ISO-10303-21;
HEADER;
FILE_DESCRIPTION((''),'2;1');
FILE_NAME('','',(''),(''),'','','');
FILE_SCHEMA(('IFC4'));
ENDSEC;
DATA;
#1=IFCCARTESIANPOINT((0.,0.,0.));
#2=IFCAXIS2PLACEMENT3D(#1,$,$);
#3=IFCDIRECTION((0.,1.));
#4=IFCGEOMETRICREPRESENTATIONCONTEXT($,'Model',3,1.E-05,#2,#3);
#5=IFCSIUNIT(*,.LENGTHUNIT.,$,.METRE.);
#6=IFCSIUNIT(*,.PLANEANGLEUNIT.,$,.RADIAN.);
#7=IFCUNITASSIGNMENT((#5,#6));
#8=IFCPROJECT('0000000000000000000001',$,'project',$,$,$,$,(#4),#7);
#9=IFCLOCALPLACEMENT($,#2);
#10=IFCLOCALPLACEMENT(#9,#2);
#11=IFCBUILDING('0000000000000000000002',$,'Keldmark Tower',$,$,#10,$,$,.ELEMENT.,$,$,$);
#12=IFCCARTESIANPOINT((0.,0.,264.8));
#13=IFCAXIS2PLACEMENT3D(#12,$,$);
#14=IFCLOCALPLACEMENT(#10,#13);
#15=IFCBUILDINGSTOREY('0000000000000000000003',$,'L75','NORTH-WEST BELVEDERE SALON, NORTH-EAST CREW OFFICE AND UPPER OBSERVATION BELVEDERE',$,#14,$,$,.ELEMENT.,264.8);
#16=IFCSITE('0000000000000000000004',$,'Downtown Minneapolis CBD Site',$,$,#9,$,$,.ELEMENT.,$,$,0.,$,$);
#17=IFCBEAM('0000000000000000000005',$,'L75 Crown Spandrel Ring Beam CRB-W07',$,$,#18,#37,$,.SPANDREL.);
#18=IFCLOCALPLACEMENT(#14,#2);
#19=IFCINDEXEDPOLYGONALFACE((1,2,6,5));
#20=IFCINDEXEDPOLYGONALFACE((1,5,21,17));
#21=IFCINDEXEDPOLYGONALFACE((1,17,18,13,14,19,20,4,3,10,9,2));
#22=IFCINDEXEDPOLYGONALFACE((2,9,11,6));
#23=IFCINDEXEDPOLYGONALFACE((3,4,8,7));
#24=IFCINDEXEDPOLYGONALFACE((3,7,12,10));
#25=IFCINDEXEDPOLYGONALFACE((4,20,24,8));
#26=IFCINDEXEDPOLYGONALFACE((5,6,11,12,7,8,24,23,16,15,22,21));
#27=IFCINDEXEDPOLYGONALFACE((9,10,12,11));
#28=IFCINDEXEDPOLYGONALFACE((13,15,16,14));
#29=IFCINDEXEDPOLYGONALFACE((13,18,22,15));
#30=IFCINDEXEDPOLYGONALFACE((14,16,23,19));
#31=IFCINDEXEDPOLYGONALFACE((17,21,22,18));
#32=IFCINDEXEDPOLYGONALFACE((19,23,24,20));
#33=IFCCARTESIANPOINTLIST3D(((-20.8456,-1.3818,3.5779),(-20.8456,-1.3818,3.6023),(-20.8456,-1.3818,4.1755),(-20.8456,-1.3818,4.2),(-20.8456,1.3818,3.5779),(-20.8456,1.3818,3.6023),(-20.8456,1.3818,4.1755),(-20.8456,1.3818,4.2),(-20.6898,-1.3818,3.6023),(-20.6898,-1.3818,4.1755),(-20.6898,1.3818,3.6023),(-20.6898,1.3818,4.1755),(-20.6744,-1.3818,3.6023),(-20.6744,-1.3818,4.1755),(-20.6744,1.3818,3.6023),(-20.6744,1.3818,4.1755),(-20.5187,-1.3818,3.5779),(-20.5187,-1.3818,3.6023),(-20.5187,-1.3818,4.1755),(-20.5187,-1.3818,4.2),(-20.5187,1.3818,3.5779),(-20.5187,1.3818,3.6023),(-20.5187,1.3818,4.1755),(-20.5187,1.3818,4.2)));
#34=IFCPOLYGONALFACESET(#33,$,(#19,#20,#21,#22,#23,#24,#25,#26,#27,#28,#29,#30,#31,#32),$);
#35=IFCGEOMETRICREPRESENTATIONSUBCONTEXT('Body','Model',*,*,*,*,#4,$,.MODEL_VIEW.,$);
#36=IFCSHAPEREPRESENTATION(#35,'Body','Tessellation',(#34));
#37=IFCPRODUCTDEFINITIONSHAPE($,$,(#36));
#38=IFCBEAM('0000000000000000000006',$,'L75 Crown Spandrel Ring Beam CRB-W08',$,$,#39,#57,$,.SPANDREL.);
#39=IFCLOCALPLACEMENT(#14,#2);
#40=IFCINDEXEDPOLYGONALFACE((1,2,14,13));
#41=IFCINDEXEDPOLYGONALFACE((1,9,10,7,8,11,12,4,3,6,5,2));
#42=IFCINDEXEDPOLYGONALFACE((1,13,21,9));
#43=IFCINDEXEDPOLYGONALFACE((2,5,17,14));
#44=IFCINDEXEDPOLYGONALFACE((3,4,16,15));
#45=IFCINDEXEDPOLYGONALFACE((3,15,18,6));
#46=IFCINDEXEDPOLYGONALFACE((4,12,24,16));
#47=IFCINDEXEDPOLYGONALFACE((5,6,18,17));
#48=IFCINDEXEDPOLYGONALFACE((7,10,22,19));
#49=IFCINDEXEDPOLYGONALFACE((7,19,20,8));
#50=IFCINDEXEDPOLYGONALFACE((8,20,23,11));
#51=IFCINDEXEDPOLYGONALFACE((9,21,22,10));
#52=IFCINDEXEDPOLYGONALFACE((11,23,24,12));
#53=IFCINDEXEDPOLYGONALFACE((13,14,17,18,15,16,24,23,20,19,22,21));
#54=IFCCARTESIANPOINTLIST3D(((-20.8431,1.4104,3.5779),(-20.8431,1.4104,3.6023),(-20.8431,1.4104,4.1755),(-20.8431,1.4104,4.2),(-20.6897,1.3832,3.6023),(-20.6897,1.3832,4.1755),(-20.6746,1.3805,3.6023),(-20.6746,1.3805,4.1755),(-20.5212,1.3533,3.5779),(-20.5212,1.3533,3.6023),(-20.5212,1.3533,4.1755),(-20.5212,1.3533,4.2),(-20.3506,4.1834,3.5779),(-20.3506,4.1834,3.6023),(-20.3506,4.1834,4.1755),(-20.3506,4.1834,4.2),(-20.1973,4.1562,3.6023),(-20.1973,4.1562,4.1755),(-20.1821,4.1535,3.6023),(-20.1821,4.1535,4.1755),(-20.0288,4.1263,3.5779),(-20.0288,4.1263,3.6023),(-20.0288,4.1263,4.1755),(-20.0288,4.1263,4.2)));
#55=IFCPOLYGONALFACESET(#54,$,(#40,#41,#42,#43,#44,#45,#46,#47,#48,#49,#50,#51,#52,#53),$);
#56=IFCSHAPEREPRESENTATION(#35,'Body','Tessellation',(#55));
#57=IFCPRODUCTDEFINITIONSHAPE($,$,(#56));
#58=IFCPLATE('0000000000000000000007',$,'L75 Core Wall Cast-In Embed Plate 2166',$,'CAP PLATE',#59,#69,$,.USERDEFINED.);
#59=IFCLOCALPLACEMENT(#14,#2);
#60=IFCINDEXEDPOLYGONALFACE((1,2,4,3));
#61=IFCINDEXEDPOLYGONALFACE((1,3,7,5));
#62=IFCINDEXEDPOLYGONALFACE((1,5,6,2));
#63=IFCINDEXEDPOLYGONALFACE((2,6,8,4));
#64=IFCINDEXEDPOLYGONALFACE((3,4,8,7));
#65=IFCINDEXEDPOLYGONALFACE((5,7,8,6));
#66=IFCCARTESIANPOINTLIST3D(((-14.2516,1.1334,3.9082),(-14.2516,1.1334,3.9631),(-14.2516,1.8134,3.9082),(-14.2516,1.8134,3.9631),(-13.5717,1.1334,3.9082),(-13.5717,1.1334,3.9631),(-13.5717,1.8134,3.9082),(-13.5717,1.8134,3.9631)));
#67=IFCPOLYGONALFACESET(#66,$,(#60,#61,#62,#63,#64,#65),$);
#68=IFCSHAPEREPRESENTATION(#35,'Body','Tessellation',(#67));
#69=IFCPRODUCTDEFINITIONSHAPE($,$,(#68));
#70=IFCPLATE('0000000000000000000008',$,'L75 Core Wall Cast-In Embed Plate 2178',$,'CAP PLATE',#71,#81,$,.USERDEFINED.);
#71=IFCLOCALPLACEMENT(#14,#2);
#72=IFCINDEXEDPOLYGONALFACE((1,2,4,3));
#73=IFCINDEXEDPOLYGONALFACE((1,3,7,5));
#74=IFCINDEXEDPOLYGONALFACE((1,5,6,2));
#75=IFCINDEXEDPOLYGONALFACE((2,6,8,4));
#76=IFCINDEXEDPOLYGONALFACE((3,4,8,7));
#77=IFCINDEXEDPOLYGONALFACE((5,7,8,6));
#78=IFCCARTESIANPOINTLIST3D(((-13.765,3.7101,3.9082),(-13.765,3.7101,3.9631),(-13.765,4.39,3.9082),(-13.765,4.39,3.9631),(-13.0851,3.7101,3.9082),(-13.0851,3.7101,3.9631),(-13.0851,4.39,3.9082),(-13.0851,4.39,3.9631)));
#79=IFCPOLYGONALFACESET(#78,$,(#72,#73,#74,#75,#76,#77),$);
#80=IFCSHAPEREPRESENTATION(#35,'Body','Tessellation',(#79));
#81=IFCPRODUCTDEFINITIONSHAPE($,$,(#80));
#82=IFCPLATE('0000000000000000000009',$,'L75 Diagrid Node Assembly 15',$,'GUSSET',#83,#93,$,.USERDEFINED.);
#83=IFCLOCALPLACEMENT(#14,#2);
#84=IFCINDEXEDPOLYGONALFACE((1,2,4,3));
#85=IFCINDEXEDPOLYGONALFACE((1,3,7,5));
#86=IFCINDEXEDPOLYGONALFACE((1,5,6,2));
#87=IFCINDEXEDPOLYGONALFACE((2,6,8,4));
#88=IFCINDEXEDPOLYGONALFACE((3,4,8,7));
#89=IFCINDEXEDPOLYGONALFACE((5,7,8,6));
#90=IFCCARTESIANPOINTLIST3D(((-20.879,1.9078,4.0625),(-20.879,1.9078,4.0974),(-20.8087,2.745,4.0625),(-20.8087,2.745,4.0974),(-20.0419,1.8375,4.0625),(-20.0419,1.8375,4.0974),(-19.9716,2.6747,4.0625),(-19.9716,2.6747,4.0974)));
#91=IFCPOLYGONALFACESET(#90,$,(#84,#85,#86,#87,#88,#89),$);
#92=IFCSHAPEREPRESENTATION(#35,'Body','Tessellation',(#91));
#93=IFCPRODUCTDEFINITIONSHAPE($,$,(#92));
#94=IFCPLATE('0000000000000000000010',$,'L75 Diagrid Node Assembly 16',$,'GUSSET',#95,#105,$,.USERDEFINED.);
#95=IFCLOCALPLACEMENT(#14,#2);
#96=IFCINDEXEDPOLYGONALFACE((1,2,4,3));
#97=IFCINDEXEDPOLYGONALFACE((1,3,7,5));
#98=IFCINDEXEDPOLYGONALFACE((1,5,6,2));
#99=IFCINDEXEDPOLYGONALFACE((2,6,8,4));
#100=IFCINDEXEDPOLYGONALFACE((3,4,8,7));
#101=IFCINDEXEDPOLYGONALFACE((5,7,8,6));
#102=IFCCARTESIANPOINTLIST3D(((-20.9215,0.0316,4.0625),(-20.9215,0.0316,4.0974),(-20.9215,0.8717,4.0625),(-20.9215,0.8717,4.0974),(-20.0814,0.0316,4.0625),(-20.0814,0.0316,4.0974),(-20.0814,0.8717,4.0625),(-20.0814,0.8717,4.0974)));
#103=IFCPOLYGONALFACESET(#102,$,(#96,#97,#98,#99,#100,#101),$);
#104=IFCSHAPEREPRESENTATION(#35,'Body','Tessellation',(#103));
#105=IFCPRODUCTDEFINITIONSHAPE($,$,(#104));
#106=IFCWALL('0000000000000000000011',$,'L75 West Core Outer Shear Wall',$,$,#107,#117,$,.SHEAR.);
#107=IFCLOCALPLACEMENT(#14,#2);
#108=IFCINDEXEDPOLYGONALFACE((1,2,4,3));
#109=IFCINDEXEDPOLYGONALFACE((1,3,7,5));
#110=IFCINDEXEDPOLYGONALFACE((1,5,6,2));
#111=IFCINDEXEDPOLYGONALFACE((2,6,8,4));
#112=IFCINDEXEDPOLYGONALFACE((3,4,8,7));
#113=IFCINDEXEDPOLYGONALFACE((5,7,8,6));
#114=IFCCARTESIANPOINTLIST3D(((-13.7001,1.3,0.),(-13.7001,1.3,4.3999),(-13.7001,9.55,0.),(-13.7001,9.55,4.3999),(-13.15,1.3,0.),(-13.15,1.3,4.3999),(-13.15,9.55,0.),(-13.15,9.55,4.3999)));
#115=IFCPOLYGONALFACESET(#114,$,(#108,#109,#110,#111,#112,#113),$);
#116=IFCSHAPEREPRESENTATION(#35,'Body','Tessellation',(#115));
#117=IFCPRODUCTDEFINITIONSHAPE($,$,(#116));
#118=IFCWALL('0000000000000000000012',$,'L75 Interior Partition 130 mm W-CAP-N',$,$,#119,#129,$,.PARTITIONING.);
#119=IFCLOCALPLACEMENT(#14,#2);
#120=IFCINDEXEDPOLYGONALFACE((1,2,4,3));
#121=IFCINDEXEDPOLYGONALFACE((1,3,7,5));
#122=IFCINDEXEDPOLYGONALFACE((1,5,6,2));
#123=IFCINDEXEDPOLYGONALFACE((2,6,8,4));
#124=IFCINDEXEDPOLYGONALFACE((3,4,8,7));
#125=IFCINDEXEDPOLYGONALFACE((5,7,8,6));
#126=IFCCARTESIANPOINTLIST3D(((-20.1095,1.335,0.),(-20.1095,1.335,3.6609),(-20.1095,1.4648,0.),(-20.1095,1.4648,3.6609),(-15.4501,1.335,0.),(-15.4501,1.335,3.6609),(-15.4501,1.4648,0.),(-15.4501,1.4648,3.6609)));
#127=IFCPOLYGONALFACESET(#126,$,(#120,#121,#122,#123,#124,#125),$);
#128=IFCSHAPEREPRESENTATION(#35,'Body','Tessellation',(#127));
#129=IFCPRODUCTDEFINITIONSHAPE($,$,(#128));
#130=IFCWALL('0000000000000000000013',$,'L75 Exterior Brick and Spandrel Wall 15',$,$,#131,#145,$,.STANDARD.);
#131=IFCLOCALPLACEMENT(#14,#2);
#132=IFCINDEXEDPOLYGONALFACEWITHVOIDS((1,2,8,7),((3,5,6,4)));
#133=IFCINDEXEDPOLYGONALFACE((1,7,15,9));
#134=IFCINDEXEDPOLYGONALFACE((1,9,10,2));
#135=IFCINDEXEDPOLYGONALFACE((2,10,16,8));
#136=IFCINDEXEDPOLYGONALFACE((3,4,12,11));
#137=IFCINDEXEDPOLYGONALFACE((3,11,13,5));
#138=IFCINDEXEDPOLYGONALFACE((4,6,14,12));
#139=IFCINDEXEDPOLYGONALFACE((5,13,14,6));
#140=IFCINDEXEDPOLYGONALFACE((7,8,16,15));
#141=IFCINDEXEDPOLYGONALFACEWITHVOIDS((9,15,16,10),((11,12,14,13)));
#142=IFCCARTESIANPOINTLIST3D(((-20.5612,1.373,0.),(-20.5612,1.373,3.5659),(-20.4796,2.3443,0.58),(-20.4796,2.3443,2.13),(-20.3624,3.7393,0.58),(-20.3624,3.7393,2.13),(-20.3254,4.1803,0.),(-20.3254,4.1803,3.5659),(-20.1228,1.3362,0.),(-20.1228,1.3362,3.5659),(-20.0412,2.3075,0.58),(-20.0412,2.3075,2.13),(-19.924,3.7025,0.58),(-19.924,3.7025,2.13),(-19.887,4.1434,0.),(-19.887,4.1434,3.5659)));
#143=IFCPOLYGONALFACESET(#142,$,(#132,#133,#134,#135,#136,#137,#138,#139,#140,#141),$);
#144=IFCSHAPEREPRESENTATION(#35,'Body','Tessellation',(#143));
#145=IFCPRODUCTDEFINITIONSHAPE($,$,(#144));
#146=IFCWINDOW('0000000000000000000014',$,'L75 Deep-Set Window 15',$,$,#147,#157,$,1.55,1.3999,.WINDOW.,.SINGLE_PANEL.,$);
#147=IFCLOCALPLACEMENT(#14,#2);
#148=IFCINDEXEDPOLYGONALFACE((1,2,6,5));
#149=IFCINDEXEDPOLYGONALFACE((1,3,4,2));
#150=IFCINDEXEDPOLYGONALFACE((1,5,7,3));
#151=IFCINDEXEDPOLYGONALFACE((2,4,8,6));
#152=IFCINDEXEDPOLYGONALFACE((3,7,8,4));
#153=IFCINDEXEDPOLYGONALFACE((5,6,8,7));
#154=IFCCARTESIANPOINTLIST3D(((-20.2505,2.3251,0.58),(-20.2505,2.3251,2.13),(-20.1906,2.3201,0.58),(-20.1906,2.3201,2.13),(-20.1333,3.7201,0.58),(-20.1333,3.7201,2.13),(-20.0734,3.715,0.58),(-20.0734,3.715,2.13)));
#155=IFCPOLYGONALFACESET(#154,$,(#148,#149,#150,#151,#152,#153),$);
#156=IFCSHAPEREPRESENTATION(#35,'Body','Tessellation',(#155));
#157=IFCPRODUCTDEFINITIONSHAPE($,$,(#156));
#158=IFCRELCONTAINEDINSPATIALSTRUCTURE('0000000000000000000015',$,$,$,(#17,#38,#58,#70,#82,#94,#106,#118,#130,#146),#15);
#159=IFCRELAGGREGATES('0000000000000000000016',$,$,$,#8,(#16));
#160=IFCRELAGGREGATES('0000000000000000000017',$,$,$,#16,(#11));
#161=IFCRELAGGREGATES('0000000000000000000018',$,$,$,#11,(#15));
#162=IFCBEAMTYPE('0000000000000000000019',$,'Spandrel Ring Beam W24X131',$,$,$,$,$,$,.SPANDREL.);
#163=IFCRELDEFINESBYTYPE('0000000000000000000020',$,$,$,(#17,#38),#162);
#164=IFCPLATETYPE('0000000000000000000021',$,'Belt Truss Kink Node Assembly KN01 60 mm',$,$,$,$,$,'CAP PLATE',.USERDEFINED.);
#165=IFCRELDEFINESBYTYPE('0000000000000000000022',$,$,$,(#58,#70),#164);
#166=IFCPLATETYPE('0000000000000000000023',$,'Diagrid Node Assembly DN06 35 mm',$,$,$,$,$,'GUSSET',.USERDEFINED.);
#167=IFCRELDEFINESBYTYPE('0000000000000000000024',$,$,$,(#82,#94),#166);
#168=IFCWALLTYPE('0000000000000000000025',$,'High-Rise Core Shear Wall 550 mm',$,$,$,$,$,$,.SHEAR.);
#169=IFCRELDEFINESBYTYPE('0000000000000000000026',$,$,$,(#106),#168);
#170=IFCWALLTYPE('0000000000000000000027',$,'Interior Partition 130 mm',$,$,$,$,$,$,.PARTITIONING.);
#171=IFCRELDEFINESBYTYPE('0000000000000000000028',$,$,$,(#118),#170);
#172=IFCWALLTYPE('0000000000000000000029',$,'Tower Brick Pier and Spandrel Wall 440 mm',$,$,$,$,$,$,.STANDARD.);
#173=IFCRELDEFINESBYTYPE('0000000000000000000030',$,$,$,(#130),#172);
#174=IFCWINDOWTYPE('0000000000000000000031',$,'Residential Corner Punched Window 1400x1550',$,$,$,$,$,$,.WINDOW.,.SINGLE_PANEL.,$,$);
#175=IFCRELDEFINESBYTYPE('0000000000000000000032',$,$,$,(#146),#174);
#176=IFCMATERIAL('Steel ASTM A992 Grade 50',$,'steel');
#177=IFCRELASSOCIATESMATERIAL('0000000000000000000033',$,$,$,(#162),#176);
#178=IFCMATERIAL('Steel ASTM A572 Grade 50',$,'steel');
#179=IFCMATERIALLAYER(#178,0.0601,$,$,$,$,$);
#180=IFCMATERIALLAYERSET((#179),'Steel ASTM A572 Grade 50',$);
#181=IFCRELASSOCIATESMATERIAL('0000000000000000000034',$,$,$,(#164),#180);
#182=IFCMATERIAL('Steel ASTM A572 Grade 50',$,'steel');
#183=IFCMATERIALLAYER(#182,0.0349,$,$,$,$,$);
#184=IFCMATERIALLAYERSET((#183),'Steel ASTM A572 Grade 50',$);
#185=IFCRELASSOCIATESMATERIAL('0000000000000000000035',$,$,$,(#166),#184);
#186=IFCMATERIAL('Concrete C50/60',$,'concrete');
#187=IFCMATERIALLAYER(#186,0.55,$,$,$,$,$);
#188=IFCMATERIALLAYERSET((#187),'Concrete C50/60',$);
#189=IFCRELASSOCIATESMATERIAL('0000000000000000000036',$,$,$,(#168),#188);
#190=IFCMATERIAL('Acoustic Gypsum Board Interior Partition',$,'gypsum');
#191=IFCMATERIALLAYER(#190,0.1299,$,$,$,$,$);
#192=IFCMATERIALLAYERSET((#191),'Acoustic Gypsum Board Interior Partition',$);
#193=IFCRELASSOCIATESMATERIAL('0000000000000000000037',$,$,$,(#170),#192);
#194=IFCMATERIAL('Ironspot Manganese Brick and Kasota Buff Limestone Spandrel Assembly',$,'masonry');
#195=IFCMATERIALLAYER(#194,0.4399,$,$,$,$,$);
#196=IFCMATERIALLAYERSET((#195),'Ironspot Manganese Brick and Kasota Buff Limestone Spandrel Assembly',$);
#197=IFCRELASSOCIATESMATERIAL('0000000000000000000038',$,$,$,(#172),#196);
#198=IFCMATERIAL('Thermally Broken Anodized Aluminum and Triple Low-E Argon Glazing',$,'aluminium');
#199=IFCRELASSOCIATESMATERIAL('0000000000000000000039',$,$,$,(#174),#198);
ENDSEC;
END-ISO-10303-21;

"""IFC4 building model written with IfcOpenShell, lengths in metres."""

from ifc_helpers import new_model, si_unit, direction, frame, frame_2d, origin, origin_2d, place, context, subcontext, project, spatial, rectangle, i_section, extrude, material, layer, layer_set, material_profile, profile_set, type_object, element, fill, save


model = new_model("IFC4")

# Units and contexts
model_context = context("Model", 3, precision=1e-05, world=origin(), true_north=direction((0.0, 1.0)))
body_context = subcontext(model_context, "Body", "Model", "MODEL_VIEW")
ifc_project = project(units=[si_unit("LENGTHUNIT", "METRE"), si_unit("PLANEANGLEUNIT", "RADIAN")], contexts=[model_context])

# Site, building, storey
site_placement = place(None, origin())
site = spatial("IfcSite", under=ifc_project, at=site_placement, Name="Downtown Minneapolis CBD Site", CompositionType="ELEMENT", RefElevation=0.0)
building_placement = place(site_placement, origin())
building = spatial("IfcBuilding", under=site, at=building_placement, Name="Keldmark Tower", CompositionType="ELEMENT")
storey_placement = place(building_placement, frame((0.0, 0.0, 264.8)))
storey = spatial("IfcBuildingStorey", under=building, at=storey_placement, Name="L75", Description="NORTH-WEST BELVEDERE SALON, NORTH-EAST CREW OFFICE AND UPPER OBSERVATION BELVEDERE", CompositionType="ELEMENT", Elevation=264.8)

# Beams
ifc_material_1 = material(Name="Steel ASTM A992 Grade 50", Category="steel")
ifc_material_profile_1 = material_profile(ifc_material_1, i_section(OverallWidth=0.3269, OverallDepth=0.6221, WebThickness=0.0154, FlangeThickness=0.0244, at=origin_2d()), Name="W24X131")
ifc_profile_set_1 = profile_set([ifc_material_profile_1], Name="Steel ASTM A992 Grade 50")
beam_type_1 = type_object("IfcBeamType", Name="Spandrel Ring Beam W24X131", PredefinedType="SPANDREL", material=ifc_profile_set_1)
beam_1_placement = place(storey_placement, frame((-20.6821, -1.3818, 3.8889), z_axis=(0.0, 1.0, 0.0), x_axis=(-1.0, 0.0, 0.0)))
element("IfcBeam", 1, at=beam_1_placement, inside=storey, type_object=beam_type_1, Name="L75 Crown Spandrel Ring Beam CRB-W07", PredefinedType="SPANDREL", context=body_context, shape_type="SweptSolid", body=[
    extrude(i_section(OverallWidth=0.3269, OverallDepth=0.6221, WebThickness=0.0154, FlangeThickness=0.0244, at=origin_2d()), origin(), (0.0, 0.0, 1.0), 2.7637),
])
beam_2_placement = place(storey_placement, frame((-20.6821, 1.3818, 3.8889), z_axis=(0.174848, 0.984595, 0.0), x_axis=(-0.984595, 0.174848, 0.0)))
element("IfcBeam", 2, at=beam_2_placement, inside=storey, type_object=beam_type_1, Name="L75 Crown Spandrel Ring Beam CRB-W08", PredefinedType="SPANDREL", context=body_context, shape_type="SweptSolid", body=[
    extrude(i_section(OverallWidth=0.3269, OverallDepth=0.6221, WebThickness=0.0154, FlangeThickness=0.0244, at=origin_2d()), origin(), (0.0, 0.0, 1.0), 2.8164),
])

# Plates
ifc_material_2 = material(Name="Steel ASTM A572 Grade 50", Category="steel")
ifc_layer_1 = layer(ifc_material_2, 0.0601)
ifc_layer_set_1 = layer_set([ifc_layer_1], Name="Steel ASTM A572 Grade 50")
plate_type_1 = type_object("IfcPlateType", Name="Belt Truss Kink Node Assembly KN01 60 mm", ElementType="CAP PLATE", PredefinedType="USERDEFINED", material=ifc_layer_set_1)
for number, where, z_axis, x_axis, name in (
    (3, (-13.9116, 1.4734, 3.9082), (0.0, 0.0, 1.0), (1.0, 0.0, 0.0), "L75 Core Wall Cast-In Embed Plate 2166"),
    (4, (-13.425, 4.05, 3.9082), (0.0, 0.0, 1.0), (1.0, 0.0, 0.0), "L75 Core Wall Cast-In Embed Plate 2178"),
):
    element("IfcPlate", number, at=place(storey_placement, frame(where, z_axis=z_axis, x_axis=x_axis)), inside=storey, type_object=plate_type_1, Name=name, ObjectType="CAP PLATE", PredefinedType="USERDEFINED", context=body_context, shape_type="SweptSolid", body=[
        extrude(rectangle(XDim=0.6799, YDim=0.6799, at=origin_2d()), origin(), (0.0, 0.0, 1.0), 0.0549),
    ])
ifc_material_3 = material(Name="Steel ASTM A572 Grade 50", Category="steel")
ifc_layer_2 = layer(ifc_material_3, 0.0349)
ifc_layer_set_2 = layer_set([ifc_layer_2], Name="Steel ASTM A572 Grade 50")
plate_type_2 = type_object("IfcPlateType", Name="Diagrid Node Assembly DN06 35 mm", ElementType="GUSSET", PredefinedType="USERDEFINED", material=ifc_layer_set_2)
for number, where, z_axis, x_axis, name in (
    (5, (-20.4253, 2.2913, 4.0625), (0.0, 0.0, 1.0), (-0.083678, -0.996493, 0.0), "L75 Diagrid Node Assembly 15"),
    (6, (-20.5015, 0.4517, 4.0625), (0.0, 0.0, 1.0), (0.0, -1.0, 0.0), "L75 Diagrid Node Assembly 16"),
):
    element("IfcPlate", number, at=place(storey_placement, frame(where, z_axis=z_axis, x_axis=x_axis)), inside=storey, type_object=plate_type_2, Name=name, ObjectType="GUSSET", PredefinedType="USERDEFINED", context=body_context, shape_type="SweptSolid", body=[
        extrude(rectangle(XDim=0.8401, YDim=0.8401, at=origin_2d()), origin(), (0.0, 0.0, 1.0), 0.0349),
    ])

# Walls
ifc_material_4 = material(Name="Concrete C50/60", Category="concrete")
ifc_layer_3 = layer(ifc_material_4, 0.55)
ifc_layer_set_3 = layer_set([ifc_layer_3], Name="Concrete C50/60")
wall_type_1 = type_object("IfcWallType", Name="High-Rise Core Shear Wall 550 mm", PredefinedType="SHEAR", material=ifc_layer_set_3)
wall_1_placement = place(storey_placement, frame((-13.425, 1.3, 0.0), z_axis=(0.0, 0.0, 1.0), x_axis=(0.0, 1.0, 0.0)))
element("IfcWall", 7, at=wall_1_placement, inside=storey, type_object=wall_type_1, Name="L75 West Core Outer Shear Wall", PredefinedType="SHEAR", context=body_context, shape_type="SweptSolid", body=[
    extrude(rectangle(XDim=8.25, YDim=0.55, at=frame_2d((4.125, 0.0))), origin(), (0.0, 0.0, 1.0), 4.3999),
])
ifc_material_5 = material(Name="Acoustic Gypsum Board Interior Partition", Category="gypsum")
ifc_layer_4 = layer(ifc_material_5, 0.1299)
ifc_layer_set_4 = layer_set([ifc_layer_4], Name="Acoustic Gypsum Board Interior Partition")
wall_type_2 = type_object("IfcWallType", Name="Interior Partition 130 mm", PredefinedType="PARTITIONING", material=ifc_layer_set_4)
wall_2_placement = place(storey_placement, frame((-20.1094, 1.3999, 0.0), z_axis=(0.0, 0.0, 1.0), x_axis=(1.0, 0.0, 0.0)))
element("IfcWall", 8, at=wall_2_placement, inside=storey, type_object=wall_type_2, Name="L75 Interior Partition 130 mm W-CAP-N", PredefinedType="PARTITIONING", context=body_context, shape_type="SweptSolid", body=[
    extrude(rectangle(XDim=4.6594, YDim=0.1299, at=frame_2d((2.3296, 0.0))), origin(), (0.0, 0.0, 1.0), 3.6609),
])

# Wall, opening, window
ifc_material_6 = material(Name="Ironspot Manganese Brick and Kasota Buff Limestone Spandrel Assembly", Category="masonry")
ifc_layer_5 = layer(ifc_material_6, 0.4399)
ifc_layer_set_5 = layer_set([ifc_layer_5], Name="Ironspot Manganese Brick and Kasota Buff Limestone Spandrel Assembly")
wall_type_3 = type_object("IfcWallType", Name="Tower Brick Pier and Spandrel Wall 440 mm", PredefinedType="STANDARD", material=ifc_layer_set_5)
wall_3_placement = place(storey_placement, frame((-20.342, 1.3545, 0.0), z_axis=(0.0, 0.0, 1.0), x_axis=(0.08372, 0.996489, 0.0)))
wall_3 = element("IfcWall", 9, at=wall_3_placement, inside=storey, type_object=wall_type_3, Name="L75 Exterior Brick and Spandrel Wall 15", PredefinedType="STANDARD", context=body_context, shape_type="SweptSolid", body=[
    extrude(rectangle(XDim=2.8171, YDim=0.4399, at=frame_2d((1.4087, 0.0))), origin(), (0.0, 0.0, 1.0), 3.5659),
])
opening_1_placement = place(wall_3_placement, frame((0.9749, 0.0, 0.5801)))
opening_1 = element("IfcOpeningElement", 10, at=opening_1_placement, cuts=wall_3, PredefinedType="OPENING", context=body_context, shape_type="SweptSolid", body=[
    extrude(rectangle(XDim=1.3999, YDim=1.55, at=frame_2d((0.7, 0.7749))), frame((0.0, 0.23, 0.0), z_axis=(0.0, -1.0, 0.0), x_axis=(1.0, 0.0, 0.0)), (0.0, 0.0, 1.0), 0.46),
])
ifc_material_7 = material(Name="Thermally Broken Anodized Aluminum and Triple Low-E Argon Glazing", Category="aluminium")
window_type = type_object("IfcWindowType", Name="Residential Corner Punched Window 1400x1550", PartitioningType="SINGLE_PANEL", PredefinedType="WINDOW", material=ifc_material_7)
window_1_placement = place(opening_1_placement, origin())
window_1 = element("IfcWindow", 11, at=window_1_placement, inside=storey, type_object=window_type, Name="L75 Deep-Set Window 15", OverallHeight=1.55, OverallWidth=1.3999, PartitioningType="SINGLE_PANEL", PredefinedType="WINDOW", context=body_context, shape_type="SweptSolid", body=[
    extrude(rectangle(XDim=1.3999, YDim=1.55, at=frame_2d((0.7, 0.7749))), frame((0.0, -0.01, 0.0), z_axis=(0.0, -1.0, 0.0), x_axis=(1.0, 0.0, 0.0)), (0.0, 0.0, 1.0), 0.0601),
])
fill(opening_1, window_1)

save(model, "model.ifc")
